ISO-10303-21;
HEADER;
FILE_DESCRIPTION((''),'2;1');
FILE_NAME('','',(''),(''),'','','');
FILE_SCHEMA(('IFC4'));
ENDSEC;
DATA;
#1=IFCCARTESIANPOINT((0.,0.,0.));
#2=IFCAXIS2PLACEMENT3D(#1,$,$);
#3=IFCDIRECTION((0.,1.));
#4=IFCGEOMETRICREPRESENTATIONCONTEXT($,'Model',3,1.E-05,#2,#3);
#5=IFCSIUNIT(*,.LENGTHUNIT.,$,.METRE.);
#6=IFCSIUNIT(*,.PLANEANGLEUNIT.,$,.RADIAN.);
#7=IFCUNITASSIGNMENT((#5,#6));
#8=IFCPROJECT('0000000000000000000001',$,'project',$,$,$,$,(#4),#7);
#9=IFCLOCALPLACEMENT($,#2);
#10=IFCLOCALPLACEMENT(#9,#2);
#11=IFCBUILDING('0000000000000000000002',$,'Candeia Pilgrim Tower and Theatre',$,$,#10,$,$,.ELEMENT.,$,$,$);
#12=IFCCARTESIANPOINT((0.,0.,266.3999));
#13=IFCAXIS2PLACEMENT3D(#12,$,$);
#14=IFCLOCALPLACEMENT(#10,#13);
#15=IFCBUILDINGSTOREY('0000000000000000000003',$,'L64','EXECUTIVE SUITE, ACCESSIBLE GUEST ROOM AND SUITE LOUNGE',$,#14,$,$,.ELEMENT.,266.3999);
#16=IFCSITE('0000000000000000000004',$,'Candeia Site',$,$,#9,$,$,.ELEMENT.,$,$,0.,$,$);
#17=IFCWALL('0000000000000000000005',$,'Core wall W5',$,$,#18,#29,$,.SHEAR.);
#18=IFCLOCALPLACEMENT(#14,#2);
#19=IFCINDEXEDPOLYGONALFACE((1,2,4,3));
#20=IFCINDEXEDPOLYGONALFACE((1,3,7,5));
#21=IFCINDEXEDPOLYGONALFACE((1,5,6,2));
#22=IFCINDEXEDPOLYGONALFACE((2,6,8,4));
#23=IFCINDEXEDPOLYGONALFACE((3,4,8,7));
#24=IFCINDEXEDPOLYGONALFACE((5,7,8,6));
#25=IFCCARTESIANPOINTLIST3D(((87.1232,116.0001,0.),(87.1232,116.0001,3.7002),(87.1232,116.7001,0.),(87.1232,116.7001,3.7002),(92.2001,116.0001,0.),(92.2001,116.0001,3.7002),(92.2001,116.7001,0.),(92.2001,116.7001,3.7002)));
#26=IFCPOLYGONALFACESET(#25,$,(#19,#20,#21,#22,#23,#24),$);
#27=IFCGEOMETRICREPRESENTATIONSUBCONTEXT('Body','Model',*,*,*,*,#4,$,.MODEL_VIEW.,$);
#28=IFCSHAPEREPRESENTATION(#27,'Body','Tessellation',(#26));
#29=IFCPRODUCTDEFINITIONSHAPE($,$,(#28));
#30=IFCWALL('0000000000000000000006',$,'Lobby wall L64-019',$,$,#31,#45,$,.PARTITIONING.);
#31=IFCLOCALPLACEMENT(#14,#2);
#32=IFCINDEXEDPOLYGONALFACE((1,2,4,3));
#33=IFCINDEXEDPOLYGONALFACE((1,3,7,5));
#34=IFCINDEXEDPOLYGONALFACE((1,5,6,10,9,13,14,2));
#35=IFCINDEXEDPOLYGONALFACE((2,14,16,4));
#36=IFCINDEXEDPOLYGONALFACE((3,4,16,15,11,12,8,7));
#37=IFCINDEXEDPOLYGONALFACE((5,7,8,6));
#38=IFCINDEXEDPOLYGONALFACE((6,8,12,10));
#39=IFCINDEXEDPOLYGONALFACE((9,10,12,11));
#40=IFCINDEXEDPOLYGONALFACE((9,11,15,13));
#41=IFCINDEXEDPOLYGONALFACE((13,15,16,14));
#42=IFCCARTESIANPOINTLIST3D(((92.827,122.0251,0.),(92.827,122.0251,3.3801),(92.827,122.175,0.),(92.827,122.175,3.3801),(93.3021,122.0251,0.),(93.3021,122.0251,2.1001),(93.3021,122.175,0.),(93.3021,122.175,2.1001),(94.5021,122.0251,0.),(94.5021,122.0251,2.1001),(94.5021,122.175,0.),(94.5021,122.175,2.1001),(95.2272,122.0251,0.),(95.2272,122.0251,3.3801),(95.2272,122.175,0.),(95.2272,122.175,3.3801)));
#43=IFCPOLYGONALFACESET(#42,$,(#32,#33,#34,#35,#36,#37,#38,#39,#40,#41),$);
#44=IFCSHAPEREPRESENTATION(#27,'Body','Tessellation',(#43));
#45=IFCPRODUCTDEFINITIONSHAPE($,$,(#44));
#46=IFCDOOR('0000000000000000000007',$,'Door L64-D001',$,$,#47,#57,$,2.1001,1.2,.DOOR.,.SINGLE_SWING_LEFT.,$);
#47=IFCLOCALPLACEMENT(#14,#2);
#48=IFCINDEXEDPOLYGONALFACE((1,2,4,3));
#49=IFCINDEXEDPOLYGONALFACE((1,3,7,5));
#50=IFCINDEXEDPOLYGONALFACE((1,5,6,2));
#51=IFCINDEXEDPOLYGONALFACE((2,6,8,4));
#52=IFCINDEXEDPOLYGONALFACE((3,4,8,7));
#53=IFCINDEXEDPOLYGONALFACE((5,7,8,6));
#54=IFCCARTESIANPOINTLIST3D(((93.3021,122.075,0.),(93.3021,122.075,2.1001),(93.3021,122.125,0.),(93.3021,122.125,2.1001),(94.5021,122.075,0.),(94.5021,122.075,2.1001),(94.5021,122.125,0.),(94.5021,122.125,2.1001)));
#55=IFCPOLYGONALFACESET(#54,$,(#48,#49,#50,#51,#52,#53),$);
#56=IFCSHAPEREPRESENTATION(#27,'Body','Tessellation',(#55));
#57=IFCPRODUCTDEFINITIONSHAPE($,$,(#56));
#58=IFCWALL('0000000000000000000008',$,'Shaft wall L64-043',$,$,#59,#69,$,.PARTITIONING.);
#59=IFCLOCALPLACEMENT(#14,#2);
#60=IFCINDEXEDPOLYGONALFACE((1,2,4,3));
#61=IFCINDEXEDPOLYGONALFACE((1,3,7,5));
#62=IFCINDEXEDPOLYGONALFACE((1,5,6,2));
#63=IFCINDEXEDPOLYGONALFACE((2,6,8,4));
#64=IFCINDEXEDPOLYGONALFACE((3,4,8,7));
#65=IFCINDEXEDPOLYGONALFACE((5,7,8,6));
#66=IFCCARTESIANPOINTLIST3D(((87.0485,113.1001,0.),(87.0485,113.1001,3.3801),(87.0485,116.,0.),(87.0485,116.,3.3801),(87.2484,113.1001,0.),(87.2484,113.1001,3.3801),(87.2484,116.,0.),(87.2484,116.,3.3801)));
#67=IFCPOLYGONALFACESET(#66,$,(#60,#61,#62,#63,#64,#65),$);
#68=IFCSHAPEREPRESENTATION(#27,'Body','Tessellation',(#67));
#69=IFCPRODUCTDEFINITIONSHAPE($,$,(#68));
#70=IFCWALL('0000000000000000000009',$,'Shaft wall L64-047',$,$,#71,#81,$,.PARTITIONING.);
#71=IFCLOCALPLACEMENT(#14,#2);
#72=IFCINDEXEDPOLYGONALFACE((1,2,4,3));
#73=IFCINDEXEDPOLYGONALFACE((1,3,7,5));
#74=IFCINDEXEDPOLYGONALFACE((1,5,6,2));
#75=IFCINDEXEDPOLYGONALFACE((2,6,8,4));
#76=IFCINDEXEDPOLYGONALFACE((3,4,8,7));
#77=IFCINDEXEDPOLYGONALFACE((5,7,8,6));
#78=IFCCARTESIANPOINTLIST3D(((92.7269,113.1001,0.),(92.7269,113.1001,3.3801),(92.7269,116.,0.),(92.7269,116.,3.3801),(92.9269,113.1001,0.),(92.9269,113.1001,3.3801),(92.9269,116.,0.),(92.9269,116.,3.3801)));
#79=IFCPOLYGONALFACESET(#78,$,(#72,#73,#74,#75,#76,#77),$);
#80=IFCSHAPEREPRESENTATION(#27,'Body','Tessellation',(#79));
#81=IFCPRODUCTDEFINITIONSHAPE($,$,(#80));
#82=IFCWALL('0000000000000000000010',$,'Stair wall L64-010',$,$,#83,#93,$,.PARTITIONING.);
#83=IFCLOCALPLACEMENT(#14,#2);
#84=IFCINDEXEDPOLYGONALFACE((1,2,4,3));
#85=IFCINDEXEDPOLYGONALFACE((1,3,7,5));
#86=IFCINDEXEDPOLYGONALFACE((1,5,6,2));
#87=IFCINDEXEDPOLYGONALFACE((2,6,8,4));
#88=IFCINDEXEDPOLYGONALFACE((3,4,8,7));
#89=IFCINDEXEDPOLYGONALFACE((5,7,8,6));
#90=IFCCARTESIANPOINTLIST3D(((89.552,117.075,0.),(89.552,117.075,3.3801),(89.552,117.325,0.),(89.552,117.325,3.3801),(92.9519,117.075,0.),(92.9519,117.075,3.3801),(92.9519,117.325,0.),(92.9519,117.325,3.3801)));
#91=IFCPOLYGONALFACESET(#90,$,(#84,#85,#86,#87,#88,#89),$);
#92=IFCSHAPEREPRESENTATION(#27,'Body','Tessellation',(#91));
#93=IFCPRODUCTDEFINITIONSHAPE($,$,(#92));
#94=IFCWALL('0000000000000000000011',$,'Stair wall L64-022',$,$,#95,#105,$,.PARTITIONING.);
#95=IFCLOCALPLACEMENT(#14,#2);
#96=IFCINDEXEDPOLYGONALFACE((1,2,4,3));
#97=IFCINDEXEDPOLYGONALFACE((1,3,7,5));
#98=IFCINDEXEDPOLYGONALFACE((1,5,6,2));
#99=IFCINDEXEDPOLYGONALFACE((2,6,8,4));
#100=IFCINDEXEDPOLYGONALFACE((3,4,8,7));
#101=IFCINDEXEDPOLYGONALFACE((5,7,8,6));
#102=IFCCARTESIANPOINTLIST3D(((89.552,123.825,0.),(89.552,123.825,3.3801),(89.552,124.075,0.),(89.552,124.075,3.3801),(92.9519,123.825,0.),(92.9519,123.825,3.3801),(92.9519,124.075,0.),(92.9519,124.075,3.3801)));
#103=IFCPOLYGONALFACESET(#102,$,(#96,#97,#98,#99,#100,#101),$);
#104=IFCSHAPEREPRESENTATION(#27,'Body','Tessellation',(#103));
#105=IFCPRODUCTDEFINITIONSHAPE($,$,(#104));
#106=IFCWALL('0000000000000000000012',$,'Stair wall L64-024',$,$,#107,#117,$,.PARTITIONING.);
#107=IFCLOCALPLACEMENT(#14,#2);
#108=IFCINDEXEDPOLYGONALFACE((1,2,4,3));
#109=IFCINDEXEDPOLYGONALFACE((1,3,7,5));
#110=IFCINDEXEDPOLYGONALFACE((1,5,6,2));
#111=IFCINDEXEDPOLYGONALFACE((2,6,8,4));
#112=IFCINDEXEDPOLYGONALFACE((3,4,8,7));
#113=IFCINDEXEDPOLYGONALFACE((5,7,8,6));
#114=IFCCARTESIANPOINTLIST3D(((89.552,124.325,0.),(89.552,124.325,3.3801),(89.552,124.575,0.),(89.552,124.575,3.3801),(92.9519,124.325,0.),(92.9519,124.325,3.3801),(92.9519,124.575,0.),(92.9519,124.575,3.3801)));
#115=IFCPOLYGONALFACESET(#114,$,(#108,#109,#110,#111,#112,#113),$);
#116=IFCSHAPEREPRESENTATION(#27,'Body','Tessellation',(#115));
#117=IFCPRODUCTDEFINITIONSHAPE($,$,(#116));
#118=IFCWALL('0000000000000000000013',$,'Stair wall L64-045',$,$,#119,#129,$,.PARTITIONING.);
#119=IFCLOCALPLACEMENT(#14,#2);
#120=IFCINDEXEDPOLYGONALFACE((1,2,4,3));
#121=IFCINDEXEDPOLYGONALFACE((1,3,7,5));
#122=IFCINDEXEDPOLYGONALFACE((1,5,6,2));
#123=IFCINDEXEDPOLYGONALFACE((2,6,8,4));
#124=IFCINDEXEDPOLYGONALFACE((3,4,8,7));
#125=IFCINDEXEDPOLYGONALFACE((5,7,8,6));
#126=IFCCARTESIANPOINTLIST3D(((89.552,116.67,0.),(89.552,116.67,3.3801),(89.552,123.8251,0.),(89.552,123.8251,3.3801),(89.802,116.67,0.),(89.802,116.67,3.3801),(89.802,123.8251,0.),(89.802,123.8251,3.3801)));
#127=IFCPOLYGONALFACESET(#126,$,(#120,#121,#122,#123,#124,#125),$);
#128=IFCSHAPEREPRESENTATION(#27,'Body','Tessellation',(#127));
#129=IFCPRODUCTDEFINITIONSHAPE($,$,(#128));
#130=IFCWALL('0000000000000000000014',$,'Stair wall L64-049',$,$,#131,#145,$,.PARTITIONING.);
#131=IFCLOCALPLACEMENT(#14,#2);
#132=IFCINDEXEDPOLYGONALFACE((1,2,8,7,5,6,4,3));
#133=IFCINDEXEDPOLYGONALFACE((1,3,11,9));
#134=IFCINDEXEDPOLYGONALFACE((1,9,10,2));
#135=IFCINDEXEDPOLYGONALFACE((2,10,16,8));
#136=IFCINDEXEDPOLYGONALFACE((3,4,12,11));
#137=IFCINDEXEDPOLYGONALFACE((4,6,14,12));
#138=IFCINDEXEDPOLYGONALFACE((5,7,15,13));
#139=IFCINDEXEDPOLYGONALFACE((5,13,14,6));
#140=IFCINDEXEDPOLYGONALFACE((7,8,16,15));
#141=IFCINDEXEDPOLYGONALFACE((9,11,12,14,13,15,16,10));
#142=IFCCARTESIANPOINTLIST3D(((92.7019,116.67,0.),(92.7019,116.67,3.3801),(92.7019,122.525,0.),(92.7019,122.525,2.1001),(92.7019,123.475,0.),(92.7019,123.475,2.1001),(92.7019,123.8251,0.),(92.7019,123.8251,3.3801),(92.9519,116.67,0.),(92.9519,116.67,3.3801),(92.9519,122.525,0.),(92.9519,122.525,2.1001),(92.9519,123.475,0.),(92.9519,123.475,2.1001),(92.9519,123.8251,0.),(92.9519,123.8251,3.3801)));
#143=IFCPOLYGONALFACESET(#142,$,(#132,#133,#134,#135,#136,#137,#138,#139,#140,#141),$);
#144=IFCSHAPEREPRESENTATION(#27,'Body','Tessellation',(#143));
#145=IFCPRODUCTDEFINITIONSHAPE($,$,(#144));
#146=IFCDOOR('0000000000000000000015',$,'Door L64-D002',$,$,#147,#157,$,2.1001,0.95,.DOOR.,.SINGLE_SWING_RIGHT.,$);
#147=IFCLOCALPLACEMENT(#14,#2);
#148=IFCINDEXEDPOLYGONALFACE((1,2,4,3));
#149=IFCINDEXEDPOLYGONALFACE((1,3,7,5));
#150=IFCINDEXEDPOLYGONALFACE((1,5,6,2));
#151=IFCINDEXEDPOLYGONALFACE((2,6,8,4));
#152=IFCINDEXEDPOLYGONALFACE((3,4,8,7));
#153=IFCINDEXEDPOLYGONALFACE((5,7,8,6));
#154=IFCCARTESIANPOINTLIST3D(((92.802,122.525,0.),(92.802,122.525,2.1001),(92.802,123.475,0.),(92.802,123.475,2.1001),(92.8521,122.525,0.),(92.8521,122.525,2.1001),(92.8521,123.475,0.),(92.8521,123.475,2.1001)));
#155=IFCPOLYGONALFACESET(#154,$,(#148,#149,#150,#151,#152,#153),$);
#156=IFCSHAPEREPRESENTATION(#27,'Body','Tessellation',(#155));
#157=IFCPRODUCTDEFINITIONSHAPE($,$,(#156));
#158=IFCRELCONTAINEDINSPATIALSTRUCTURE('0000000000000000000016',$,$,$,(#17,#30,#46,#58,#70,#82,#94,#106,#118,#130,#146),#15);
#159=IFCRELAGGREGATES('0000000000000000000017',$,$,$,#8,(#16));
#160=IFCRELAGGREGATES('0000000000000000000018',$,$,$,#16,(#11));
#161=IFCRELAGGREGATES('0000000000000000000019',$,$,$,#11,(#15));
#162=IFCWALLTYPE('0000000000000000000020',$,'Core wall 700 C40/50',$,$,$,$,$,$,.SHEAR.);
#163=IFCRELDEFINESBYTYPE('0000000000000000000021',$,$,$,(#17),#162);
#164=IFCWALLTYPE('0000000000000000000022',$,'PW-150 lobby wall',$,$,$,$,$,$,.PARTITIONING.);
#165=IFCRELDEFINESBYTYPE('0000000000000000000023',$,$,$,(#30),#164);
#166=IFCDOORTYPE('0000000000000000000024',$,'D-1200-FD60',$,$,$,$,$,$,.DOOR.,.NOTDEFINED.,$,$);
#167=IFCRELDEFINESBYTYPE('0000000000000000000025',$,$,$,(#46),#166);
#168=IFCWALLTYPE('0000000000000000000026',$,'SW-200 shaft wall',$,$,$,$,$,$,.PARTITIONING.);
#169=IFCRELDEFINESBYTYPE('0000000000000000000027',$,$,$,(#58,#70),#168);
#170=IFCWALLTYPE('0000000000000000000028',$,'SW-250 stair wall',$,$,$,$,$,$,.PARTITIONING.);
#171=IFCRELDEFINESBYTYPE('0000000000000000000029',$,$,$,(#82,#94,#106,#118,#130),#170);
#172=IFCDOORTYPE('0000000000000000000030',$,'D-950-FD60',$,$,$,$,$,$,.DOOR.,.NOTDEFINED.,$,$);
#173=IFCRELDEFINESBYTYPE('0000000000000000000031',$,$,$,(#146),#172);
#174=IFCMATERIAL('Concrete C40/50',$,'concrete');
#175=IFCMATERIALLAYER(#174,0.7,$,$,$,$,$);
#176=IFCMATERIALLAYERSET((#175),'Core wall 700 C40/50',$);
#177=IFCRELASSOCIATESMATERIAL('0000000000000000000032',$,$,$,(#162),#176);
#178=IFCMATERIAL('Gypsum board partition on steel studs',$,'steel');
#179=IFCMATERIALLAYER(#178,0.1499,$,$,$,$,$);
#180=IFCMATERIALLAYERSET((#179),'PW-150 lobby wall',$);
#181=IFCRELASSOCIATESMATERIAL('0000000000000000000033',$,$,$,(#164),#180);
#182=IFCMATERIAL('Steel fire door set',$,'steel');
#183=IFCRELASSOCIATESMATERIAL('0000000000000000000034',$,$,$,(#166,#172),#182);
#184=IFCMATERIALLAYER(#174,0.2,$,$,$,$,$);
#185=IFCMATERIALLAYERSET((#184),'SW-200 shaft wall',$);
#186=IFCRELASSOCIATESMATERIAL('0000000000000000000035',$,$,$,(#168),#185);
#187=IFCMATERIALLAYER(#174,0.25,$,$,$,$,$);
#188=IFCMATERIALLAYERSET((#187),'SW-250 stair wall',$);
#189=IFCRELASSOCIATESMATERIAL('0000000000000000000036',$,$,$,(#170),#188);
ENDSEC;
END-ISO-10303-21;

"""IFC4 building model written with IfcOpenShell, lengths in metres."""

from ifc_helpers import new_model, si_unit, direction, frame, frame_2d, origin, place, context, subcontext, project, spatial, rectangle, extrude, material, layer, layer_set, type_object, element, fill, save


model = new_model("IFC4")

# Units and contexts
model_context = context("Model", 3, precision=1e-05, world=origin(), true_north=direction((0.0, 1.0)))
body_context = subcontext(model_context, "Body", "Model", "MODEL_VIEW")
ifc_project = project(units=[si_unit("LENGTHUNIT", "METRE"), si_unit("PLANEANGLEUNIT", "RADIAN")], contexts=[model_context])

# Site, building, storey
site_placement = place(None, origin())
site = spatial("IfcSite", under=ifc_project, at=site_placement, Name="Candeia Site", CompositionType="ELEMENT", RefElevation=0.0)
building_placement = place(site_placement, origin())
building = spatial("IfcBuilding", under=site, at=building_placement, Name="Candeia Pilgrim Tower and Theatre", CompositionType="ELEMENT")
storey_placement = place(building_placement, frame((0.0, 0.0, 266.3999)))
storey = spatial("IfcBuildingStorey", under=building, at=storey_placement, Name="L64", Description="EXECUTIVE SUITE, ACCESSIBLE GUEST ROOM AND SUITE LOUNGE", CompositionType="ELEMENT", Elevation=266.3999)

# Wall
ifc_material_1 = material(Name="Concrete C40/50", Category="concrete")
ifc_layer_1 = layer(ifc_material_1, 0.7)
ifc_layer_set_1 = layer_set([ifc_layer_1], Name="Core wall 700 C40/50")
wall_type_1 = type_object("IfcWallType", Name="Core wall 700 C40/50", PredefinedType="SHEAR", material=ifc_layer_set_1)
wall_1_placement = place(storey_placement, frame((87.123, 116.3501, 0.0), z_axis=(0.0, 0.0, 1.0), x_axis=(1.0, 0.0, 0.0)))
element("IfcWall", 1, at=wall_1_placement, inside=storey, type_object=wall_type_1, Name="Core wall W5", PredefinedType="SHEAR", context=body_context, shape_type="SweptSolid", body=[
    extrude(rectangle(XDim=5.0769, YDim=0.7, at=frame_2d((2.5386, 0.0))), origin(), (0.0, 0.0, 1.0), 3.7002),
])

# Wall, opening, door
ifc_material_2 = material(Name="Gypsum board partition on steel studs", Category="steel")
ifc_layer_2 = layer(ifc_material_2, 0.1499)
ifc_layer_set_2 = layer_set([ifc_layer_2], Name="PW-150 lobby wall")
wall_type_2 = type_object("IfcWallType", Name="PW-150 lobby wall", PredefinedType="PARTITIONING", material=ifc_layer_set_2)
wall_2_placement = place(storey_placement, frame((92.8269, 122.1001, 0.0), z_axis=(0.0, 0.0, 1.0), x_axis=(1.0, 0.0, 0.0)))
wall_2 = element("IfcWall", 2, at=wall_2_placement, inside=storey, type_object=wall_type_2, Name="Lobby wall L64-019", PredefinedType="PARTITIONING", context=body_context, shape_type="SweptSolid", body=[
    extrude(rectangle(XDim=2.4001, YDim=0.1499, at=frame_2d((1.2002, 0.0))), origin(), (0.0, 0.0, 1.0), 3.3801),
])
opening_1_placement = place(wall_2_placement, frame((0.4751, 0.0, 0.0)))
opening_1 = element("IfcOpeningElement", 3, at=opening_1_placement, cuts=wall_2, PredefinedType="OPENING", context=body_context, shape_type="SweptSolid", body=[
    extrude(rectangle(XDim=1.2, YDim=2.1001, at=frame_2d((0.6001, 1.05))), frame((0.0, 0.085, 0.0), z_axis=(0.0, -1.0, 0.0), x_axis=(1.0, 0.0, 0.0)), (0.0, 0.0, 1.0), 0.1699),
])
ifc_material_3 = material(Name="Steel fire door set", Category="steel")
door_type_1 = type_object("IfcDoorType", Name="D-1200-FD60", OperationType="NOTDEFINED", PredefinedType="DOOR", material=ifc_material_3)
door_1_placement = place(opening_1_placement, origin())
door_1 = element("IfcDoor", 4, at=door_1_placement, inside=storey, type_object=door_type_1, Name="Door L64-D001", OperationType="SINGLE_SWING_LEFT", OverallHeight=2.1001, OverallWidth=1.2, PredefinedType="DOOR", context=body_context, shape_type="SweptSolid", body=[
    extrude(rectangle(XDim=1.2, YDim=2.1001, at=frame_2d((0.6001, 1.05))), frame((0.0, 0.0249, 0.0), z_axis=(0.0, -1.0, 0.0), x_axis=(1.0, 0.0, 0.0)), (0.0, 0.0, 1.0), 0.05),
])
fill(opening_1, door_1)

# Walls
ifc_layer_3 = layer(ifc_material_1, 0.2)
ifc_layer_set_3 = layer_set([ifc_layer_3], Name="SW-200 shaft wall")
wall_type_3 = type_object("IfcWallType", Name="SW-200 shaft wall", PredefinedType="PARTITIONING", material=ifc_layer_set_3)
for number, where, z_axis, x_axis, name in (
    (5, (87.1484, 113.1001, 0.0), (0.0, 0.0, 1.0), (0.0, 1.0, 0.0), "Shaft wall L64-043"),
    (6, (92.8269, 113.1001, 0.0), (0.0, 0.0, 1.0), (0.0, 1.0, 0.0), "Shaft wall L64-047"),
):
    element("IfcWall", number, at=place(storey_placement, frame(where, z_axis=z_axis, x_axis=x_axis)), inside=storey, type_object=wall_type_3, Name=name, PredefinedType="PARTITIONING", context=body_context, shape_type="SweptSolid", body=[
        extrude(rectangle(XDim=2.8999, YDim=0.2, at=frame_2d((1.45, 0.0))), origin(), (0.0, 0.0, 1.0), 3.3801),
    ])
ifc_layer_4 = layer(ifc_material_1, 0.25)
ifc_layer_set_4 = layer_set([ifc_layer_4], Name="SW-250 stair wall")
wall_type_4 = type_object("IfcWallType", Name="SW-250 stair wall", PredefinedType="PARTITIONING", material=ifc_layer_set_4)
for number, where, z_axis, x_axis, name in (
    (7, (89.552, 117.2, 0.0), (0.0, 0.0, 1.0), (1.0, 0.0, 0.0), "Stair wall L64-010"),
    (8, (89.552, 123.95, 0.0), (0.0, 0.0, 1.0), (1.0, 0.0, 0.0), "Stair wall L64-022"),
    (9, (89.552, 124.45, 0.0), (0.0, 0.0, 1.0), (1.0, 0.0, 0.0), "Stair wall L64-024"),
):
    element("IfcWall", number, at=place(storey_placement, frame(where, z_axis=z_axis, x_axis=x_axis)), inside=storey, type_object=wall_type_4, Name=name, PredefinedType="PARTITIONING", context=body_context, shape_type="SweptSolid", body=[
        extrude(rectangle(XDim=3.3999, YDim=0.25, at=frame_2d((1.7, 0.0))), origin(), (0.0, 0.0, 1.0), 3.3801),
    ])
wall_3_placement = place(storey_placement, frame((89.677, 116.6699, 0.0), z_axis=(0.0, 0.0, 1.0), x_axis=(0.0, 1.0, 0.0)))
element("IfcWall", 10, at=wall_3_placement, inside=storey, type_object=wall_type_4, Name="Stair wall L64-045", PredefinedType="PARTITIONING", context=body_context, shape_type="SweptSolid", body=[
    extrude(rectangle(XDim=7.155, YDim=0.25, at=frame_2d((3.5776, 0.0))), origin(), (0.0, 0.0, 1.0), 3.3801),
])

# Wall, opening, door
wall_4_placement = place(storey_placement, frame((92.8269, 116.6699, 0.0), z_axis=(0.0, 0.0, 1.0), x_axis=(0.0, 1.0, 0.0)))
wall_4 = element("IfcWall", 11, at=wall_4_placement, inside=storey, type_object=wall_type_4, Name="Stair wall L64-049", PredefinedType="PARTITIONING", context=body_context, shape_type="SweptSolid", body=[
    extrude(rectangle(XDim=7.155, YDim=0.25, at=frame_2d((3.5776, 0.0))), origin(), (0.0, 0.0, 1.0), 3.3801),
])
opening_2_placement = place(wall_4_placement, frame((5.855, 0.0, 0.0)))
opening_2 = element("IfcOpeningElement", 12, at=opening_2_placement, cuts=wall_4, PredefinedType="OPENING", context=body_context, shape_type="SweptSolid", body=[
    extrude(rectangle(XDim=0.95, YDim=2.1001, at=frame_2d((0.4751, 1.05))), frame((0.0, 0.135, 0.0), z_axis=(0.0, -1.0, 0.0), x_axis=(1.0, 0.0, 0.0)), (0.0, 0.0, 1.0), 0.27),
])
door_type_2 = type_object("IfcDoorType", Name="D-950-FD60", OperationType="NOTDEFINED", PredefinedType="DOOR", material=ifc_material_3)
door_2_placement = place(opening_2_placement, origin())
door_2 = element("IfcDoor", 13, at=door_2_placement, inside=storey, type_object=door_type_2, Name="Door L64-D002", OperationType="SINGLE_SWING_RIGHT", OverallHeight=2.1001, OverallWidth=0.95, PredefinedType="DOOR", context=body_context, shape_type="SweptSolid", body=[
    extrude(rectangle(XDim=0.95, YDim=2.1001, at=frame_2d((0.4751, 1.05))), frame((0.0, 0.0249, 0.0), z_axis=(0.0, -1.0, 0.0), x_axis=(1.0, 0.0, 0.0)), (0.0, 0.0, 1.0), 0.05),
])
fill(opening_2, door_2)

save(model, "model.ifc")
